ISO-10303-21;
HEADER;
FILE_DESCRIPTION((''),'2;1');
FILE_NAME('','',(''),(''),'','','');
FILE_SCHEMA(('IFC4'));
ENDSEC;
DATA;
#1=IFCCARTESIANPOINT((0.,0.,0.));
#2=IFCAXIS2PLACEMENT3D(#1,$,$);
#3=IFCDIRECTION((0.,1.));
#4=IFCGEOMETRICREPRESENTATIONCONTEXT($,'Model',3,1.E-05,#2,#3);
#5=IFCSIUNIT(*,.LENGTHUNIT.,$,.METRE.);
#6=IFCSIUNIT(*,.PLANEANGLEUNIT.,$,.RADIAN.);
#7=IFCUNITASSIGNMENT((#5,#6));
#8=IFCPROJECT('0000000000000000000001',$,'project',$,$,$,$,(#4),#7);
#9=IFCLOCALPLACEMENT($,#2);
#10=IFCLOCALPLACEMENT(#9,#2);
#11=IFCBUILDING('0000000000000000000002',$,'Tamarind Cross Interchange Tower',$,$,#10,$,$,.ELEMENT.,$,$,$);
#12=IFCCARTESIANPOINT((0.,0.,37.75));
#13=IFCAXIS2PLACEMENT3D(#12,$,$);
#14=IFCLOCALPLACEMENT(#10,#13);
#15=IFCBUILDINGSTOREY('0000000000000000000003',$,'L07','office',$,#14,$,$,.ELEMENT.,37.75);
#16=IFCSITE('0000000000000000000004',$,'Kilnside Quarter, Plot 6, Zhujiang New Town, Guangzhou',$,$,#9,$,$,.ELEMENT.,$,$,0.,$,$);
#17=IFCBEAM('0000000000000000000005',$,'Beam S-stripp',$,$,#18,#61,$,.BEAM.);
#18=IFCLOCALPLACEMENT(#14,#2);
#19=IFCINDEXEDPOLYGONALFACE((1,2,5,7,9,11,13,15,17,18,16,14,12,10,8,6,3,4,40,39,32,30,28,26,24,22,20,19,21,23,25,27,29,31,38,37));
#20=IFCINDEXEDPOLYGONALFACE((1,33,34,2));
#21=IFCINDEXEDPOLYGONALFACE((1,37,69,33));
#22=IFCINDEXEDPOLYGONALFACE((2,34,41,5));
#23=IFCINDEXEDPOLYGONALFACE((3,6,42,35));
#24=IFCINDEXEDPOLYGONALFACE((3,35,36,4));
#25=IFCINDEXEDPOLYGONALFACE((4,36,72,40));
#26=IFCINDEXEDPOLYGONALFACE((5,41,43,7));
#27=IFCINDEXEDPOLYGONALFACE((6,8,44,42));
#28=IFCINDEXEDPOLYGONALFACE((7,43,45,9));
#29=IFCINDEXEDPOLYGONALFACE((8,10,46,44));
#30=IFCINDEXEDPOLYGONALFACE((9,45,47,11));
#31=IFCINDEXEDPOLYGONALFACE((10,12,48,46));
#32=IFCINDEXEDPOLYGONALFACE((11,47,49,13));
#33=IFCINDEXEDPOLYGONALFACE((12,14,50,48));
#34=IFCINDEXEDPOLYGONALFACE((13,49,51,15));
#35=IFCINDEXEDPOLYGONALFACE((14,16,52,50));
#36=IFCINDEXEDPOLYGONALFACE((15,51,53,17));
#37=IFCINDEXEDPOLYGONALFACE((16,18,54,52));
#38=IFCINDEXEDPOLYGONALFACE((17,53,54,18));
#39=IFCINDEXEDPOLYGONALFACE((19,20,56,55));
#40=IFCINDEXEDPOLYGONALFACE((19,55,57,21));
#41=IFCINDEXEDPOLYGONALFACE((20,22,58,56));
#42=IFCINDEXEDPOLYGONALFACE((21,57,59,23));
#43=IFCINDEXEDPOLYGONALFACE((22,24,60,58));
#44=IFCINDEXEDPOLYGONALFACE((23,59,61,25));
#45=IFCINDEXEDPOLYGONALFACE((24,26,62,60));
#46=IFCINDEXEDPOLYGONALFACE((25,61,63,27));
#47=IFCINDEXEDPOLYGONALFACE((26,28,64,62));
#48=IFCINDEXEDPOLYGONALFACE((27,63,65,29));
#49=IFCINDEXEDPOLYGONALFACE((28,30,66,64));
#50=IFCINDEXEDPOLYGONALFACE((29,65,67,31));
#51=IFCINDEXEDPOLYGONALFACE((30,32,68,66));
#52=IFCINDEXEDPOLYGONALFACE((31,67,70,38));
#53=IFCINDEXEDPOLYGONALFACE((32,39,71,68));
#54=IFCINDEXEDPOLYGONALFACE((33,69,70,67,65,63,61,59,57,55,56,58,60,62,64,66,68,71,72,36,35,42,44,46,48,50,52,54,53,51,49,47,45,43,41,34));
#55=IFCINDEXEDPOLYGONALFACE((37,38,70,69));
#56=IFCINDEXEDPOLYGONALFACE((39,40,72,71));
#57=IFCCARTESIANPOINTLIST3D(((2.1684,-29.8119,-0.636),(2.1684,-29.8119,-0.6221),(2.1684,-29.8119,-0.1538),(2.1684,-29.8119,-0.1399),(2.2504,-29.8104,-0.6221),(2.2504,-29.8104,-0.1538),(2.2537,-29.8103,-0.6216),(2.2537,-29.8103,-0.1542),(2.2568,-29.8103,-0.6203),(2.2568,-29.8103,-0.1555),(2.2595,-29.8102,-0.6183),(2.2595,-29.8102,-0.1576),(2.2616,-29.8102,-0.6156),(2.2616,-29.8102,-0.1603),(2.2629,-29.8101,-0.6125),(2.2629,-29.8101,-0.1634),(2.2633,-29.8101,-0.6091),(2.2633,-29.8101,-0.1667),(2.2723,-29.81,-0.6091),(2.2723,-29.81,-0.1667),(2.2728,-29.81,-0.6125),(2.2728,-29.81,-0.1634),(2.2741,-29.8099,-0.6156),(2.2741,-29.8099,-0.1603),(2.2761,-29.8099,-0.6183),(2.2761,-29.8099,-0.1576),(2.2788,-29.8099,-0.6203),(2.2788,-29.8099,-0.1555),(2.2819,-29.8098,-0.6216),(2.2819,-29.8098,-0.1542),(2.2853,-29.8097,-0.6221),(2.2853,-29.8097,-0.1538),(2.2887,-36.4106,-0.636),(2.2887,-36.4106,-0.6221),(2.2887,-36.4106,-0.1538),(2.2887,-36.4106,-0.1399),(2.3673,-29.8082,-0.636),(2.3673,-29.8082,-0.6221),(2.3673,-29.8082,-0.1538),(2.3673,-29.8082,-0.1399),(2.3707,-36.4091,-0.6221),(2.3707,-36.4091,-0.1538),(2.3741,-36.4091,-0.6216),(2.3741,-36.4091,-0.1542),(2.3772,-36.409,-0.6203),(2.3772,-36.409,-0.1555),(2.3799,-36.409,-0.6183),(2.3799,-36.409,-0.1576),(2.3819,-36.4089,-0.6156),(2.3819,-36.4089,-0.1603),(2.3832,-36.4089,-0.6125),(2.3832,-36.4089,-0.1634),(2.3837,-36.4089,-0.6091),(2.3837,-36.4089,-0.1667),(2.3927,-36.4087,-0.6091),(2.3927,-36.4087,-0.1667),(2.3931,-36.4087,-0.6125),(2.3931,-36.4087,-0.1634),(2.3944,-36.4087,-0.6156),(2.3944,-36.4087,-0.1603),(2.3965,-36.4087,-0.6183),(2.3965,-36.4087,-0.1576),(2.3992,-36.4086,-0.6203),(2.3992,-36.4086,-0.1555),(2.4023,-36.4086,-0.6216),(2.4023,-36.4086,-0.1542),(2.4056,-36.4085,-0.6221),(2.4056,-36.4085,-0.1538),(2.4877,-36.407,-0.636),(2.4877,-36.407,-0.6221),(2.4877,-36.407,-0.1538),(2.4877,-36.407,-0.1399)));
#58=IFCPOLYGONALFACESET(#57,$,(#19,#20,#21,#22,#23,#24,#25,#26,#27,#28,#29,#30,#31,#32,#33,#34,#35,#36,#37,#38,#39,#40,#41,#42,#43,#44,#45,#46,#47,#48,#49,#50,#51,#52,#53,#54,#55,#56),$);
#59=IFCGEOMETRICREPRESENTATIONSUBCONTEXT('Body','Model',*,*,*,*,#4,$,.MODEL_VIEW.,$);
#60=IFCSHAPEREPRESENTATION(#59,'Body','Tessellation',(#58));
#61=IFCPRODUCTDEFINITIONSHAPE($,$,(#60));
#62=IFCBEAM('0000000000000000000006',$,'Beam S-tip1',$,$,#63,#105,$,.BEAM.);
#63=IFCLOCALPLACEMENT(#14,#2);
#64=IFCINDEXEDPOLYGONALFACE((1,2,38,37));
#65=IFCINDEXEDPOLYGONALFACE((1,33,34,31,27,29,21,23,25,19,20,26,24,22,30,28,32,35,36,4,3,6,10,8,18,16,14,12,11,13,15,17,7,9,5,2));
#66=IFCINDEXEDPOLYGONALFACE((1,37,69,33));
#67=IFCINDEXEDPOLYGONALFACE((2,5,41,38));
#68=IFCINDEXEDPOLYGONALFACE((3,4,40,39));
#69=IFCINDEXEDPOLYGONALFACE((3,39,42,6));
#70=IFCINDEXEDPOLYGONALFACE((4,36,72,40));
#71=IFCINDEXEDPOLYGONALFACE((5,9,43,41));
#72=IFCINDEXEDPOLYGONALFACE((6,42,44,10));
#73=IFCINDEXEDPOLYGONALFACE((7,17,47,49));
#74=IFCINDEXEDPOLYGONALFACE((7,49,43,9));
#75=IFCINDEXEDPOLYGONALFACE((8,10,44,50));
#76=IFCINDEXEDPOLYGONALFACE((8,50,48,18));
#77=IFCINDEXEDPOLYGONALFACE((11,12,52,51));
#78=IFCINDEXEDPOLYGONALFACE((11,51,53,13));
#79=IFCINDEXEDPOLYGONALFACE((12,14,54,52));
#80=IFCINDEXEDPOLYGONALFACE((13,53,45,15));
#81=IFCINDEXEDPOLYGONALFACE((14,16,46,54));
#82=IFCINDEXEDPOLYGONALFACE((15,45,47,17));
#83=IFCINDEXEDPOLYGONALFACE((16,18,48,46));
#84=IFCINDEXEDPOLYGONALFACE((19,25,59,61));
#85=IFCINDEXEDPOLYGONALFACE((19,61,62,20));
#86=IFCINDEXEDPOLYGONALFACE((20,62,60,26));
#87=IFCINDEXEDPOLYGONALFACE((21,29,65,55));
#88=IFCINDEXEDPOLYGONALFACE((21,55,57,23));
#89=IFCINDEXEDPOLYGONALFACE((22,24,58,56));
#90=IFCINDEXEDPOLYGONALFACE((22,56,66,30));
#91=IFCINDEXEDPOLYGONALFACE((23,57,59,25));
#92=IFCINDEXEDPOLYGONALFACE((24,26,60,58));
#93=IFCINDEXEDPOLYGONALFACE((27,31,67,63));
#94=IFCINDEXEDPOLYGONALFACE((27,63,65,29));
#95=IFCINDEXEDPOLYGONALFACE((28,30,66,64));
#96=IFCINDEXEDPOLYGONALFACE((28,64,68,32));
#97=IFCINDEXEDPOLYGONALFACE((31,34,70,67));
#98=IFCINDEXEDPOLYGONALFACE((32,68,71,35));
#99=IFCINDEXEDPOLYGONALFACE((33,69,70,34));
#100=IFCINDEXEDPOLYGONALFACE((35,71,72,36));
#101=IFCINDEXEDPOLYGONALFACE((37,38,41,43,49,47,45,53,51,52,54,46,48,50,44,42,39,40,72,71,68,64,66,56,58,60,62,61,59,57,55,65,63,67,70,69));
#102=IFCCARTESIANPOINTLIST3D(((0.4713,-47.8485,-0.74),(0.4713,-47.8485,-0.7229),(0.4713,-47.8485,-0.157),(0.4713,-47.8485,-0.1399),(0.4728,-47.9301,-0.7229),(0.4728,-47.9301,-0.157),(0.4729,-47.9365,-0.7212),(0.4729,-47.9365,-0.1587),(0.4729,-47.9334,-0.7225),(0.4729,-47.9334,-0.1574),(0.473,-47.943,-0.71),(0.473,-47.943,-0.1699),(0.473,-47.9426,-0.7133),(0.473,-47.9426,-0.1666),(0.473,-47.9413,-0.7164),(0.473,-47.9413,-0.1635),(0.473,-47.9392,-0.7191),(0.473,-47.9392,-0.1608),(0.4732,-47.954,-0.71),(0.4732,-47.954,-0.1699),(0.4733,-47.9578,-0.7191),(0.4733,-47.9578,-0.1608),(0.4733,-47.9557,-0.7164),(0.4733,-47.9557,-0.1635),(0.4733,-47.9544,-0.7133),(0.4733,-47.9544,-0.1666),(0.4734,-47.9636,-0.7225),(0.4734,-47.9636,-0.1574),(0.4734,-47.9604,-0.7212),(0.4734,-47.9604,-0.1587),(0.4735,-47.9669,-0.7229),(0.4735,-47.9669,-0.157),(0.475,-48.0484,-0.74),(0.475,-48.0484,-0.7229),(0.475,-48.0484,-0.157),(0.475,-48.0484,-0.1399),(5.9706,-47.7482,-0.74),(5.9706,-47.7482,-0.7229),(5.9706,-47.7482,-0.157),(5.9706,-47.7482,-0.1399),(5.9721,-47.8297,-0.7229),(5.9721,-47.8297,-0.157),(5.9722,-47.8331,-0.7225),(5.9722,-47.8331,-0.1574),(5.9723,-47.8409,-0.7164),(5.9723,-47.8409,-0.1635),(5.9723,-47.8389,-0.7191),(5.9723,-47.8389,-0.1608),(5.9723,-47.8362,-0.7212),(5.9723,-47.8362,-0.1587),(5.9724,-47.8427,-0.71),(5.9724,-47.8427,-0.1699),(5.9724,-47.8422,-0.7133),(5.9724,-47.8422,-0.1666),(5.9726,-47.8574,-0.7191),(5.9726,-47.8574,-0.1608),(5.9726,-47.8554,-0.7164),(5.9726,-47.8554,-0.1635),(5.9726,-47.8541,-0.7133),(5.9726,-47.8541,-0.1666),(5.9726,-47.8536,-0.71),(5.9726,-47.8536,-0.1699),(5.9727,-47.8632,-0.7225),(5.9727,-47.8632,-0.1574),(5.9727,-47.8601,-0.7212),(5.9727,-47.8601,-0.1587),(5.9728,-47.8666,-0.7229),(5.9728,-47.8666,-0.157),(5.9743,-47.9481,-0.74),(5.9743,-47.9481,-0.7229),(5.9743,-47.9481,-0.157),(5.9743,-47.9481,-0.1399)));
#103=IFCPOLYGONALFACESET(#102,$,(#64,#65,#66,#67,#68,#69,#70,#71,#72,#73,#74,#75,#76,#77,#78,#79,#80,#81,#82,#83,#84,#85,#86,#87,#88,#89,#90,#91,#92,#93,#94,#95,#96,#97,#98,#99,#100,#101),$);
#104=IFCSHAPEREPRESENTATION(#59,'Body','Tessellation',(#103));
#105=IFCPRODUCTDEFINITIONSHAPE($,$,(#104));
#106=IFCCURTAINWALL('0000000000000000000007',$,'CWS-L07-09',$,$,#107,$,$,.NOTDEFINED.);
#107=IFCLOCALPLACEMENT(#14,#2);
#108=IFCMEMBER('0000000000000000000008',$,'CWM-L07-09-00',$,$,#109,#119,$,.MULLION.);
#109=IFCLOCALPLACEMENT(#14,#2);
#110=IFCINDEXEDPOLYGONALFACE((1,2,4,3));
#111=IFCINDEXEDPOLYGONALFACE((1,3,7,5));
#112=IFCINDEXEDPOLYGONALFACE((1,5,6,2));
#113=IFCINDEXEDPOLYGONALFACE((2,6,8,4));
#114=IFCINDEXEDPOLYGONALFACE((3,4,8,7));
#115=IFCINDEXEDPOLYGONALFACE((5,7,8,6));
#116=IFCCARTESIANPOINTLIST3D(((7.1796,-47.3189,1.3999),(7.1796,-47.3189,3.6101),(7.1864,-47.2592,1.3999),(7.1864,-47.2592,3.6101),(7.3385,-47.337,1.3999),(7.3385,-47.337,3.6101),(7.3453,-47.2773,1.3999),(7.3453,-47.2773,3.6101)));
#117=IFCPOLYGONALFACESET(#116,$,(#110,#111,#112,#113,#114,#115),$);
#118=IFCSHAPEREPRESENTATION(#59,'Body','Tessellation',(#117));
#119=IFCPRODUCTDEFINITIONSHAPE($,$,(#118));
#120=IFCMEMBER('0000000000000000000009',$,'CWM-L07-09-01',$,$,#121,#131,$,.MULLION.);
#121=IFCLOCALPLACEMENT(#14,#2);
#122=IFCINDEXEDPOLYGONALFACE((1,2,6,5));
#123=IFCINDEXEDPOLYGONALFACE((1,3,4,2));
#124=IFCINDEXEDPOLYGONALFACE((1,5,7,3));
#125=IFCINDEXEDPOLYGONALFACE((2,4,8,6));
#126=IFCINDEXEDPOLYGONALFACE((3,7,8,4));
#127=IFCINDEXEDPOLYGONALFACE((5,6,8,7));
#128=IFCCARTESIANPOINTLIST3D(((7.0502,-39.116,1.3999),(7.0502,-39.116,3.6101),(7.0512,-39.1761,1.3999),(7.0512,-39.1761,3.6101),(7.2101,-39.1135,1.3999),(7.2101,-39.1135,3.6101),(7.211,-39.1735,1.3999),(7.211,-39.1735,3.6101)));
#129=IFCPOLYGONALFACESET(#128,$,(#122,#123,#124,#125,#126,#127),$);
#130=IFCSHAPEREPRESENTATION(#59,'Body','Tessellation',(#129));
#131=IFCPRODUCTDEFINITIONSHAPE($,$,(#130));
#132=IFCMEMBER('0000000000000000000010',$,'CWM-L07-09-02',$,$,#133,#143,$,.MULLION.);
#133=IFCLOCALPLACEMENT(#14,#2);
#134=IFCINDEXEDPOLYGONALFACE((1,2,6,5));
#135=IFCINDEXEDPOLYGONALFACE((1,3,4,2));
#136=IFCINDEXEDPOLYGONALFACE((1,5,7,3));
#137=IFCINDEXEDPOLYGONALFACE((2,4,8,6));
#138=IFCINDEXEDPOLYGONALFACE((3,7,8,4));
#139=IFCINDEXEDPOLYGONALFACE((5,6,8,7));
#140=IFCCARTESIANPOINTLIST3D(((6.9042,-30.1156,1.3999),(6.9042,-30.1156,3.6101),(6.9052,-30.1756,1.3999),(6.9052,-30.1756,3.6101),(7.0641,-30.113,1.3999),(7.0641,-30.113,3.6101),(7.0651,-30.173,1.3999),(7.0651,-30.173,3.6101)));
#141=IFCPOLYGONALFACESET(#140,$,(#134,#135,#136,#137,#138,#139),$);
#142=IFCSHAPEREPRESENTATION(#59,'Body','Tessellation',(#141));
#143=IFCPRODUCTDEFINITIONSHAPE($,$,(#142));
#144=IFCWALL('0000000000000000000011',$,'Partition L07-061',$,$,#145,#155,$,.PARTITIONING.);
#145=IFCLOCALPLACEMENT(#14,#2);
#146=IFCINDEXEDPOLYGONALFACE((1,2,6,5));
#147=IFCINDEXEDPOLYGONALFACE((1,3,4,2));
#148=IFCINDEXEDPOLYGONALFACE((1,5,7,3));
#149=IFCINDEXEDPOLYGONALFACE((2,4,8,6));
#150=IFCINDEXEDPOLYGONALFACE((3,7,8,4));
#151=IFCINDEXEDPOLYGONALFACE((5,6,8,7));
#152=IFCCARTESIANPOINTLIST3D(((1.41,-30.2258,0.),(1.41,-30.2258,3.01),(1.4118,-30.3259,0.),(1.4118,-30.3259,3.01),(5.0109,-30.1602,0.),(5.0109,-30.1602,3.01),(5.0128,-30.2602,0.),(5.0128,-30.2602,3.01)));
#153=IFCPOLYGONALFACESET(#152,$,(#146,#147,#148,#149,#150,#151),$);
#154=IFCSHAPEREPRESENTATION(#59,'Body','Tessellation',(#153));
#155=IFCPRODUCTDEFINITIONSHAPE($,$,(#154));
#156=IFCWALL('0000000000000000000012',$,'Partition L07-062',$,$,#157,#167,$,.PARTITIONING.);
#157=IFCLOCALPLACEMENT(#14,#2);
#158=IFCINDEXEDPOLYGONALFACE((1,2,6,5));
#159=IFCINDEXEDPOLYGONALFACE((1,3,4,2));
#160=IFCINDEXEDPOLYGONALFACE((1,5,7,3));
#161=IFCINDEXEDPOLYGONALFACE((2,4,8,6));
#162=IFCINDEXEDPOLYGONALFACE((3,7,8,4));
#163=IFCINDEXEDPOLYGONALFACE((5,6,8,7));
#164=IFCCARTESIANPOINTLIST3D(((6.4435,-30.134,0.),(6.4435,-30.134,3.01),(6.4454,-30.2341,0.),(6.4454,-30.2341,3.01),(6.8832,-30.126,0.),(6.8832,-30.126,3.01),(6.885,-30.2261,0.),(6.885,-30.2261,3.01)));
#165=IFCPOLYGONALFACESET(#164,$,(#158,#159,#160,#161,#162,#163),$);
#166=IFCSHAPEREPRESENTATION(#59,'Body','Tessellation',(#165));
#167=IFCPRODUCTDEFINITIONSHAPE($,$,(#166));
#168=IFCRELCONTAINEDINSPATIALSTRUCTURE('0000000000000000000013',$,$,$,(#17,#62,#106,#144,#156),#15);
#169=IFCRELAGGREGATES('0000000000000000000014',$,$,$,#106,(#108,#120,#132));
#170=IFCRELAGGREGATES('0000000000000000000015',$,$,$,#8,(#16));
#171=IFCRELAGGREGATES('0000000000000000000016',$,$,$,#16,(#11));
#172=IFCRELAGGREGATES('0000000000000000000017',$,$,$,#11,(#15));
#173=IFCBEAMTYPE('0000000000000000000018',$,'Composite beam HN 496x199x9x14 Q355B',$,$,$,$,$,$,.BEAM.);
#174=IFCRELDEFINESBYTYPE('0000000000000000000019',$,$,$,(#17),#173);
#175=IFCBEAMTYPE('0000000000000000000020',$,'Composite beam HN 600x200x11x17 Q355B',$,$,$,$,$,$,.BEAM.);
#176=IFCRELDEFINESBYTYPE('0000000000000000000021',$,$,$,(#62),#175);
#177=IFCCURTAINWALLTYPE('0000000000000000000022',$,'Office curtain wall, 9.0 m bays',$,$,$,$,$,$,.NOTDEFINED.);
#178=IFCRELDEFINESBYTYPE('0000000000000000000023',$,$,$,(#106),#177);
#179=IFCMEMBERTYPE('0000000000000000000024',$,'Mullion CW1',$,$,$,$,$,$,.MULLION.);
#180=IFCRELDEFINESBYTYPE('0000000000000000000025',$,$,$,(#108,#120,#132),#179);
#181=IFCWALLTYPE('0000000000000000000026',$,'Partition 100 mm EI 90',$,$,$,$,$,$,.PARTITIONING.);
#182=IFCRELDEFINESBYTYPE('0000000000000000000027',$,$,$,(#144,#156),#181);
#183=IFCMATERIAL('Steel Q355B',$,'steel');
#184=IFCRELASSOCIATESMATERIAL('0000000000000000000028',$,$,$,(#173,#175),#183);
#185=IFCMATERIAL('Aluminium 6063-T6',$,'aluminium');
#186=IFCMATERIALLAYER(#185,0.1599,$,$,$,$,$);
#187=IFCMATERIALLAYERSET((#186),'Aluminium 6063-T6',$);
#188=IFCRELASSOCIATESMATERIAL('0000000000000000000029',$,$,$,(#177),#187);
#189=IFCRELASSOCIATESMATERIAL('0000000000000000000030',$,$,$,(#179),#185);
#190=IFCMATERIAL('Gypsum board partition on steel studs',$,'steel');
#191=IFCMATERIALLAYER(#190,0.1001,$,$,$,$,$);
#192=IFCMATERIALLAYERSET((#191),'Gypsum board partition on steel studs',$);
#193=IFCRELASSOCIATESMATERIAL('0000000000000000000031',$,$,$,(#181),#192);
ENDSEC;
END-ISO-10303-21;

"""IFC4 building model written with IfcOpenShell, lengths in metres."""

from ifc_helpers import new_model, si_unit, direction, frame, frame_2d, origin, origin_2d, place, context, subcontext, project, spatial, rectangle, i_section, extrude, material, layer, layer_set, material_profile, profile_set, type_object, element, aggregate, save


model = new_model("IFC4")

# Units and contexts
model_context = context("Model", 3, precision=1e-05, world=origin(), true_north=direction((0.0, 1.0)))
body_context = subcontext(model_context, "Body", "Model", "MODEL_VIEW")
ifc_project = project(units=[si_unit("LENGTHUNIT", "METRE"), si_unit("PLANEANGLEUNIT", "RADIAN")], contexts=[model_context])

# Site, building, storey
site_placement = place(None, origin())
site = spatial("IfcSite", under=ifc_project, at=site_placement, Name="Kilnside Quarter, Plot 6, Zhujiang New Town, Guangzhou", CompositionType="ELEMENT", RefElevation=0.0)
building_placement = place(site_placement, origin())
building = spatial("IfcBuilding", under=site, at=building_placement, Name="Tamarind Cross Interchange Tower", CompositionType="ELEMENT")
storey_placement = place(building_placement, frame((0.0, 0.0, 37.75)))
storey = spatial("IfcBuildingStorey", under=building, at=storey_placement, Name="L07", Description="office", CompositionType="ELEMENT", Elevation=37.75)

# Beams
ifc_material_1 = material(Name="Steel Q355B", Category="steel")
ifc_material_profile_1 = material_profile(ifc_material_1, i_section(OverallWidth=0.199, OverallDepth=0.4961, WebThickness=0.009, FlangeThickness=0.0139, FilletRadius=0.0129, at=origin_2d()), Name="HN 496x199x9x14")
ifc_profile_set_1 = profile_set([ifc_material_profile_1], Name="Steel Q355B")
beam_type_1 = type_object("IfcBeamType", Name="Composite beam HN 496x199x9x14 Q355B", PredefinedType="BEAM", material=ifc_profile_set_1)
beam_1_placement = place(storey_placement, frame((2.2678, -29.8101, -0.3879), z_axis=(0.018237, -0.999834, 0.0), x_axis=(0.999834, 0.018237, 0.0)))
element("IfcBeam", 1, at=beam_1_placement, inside=storey, type_object=beam_type_1, Name="Beam S-stripp", PredefinedType="BEAM", context=body_context, shape_type="SweptSolid", body=[
    extrude(i_section(OverallWidth=0.199, OverallDepth=0.4961, WebThickness=0.009, FlangeThickness=0.0139, FilletRadius=0.0129, at=origin_2d()), origin(), (0.0, 0.0, 1.0), 6.5999),
])
ifc_material_profile_2 = material_profile(ifc_material_1, i_section(OverallWidth=0.2, OverallDepth=0.6001, WebThickness=0.011, FlangeThickness=0.0171, FilletRadius=0.0129, at=origin_2d()), Name="HN 600x200x11x17")
ifc_profile_set_2 = profile_set([ifc_material_profile_2], Name="Steel Q355B")
beam_type_2 = type_object("IfcBeamType", Name="Composite beam HN 600x200x11x17 Q355B", PredefinedType="BEAM", material=ifc_profile_set_2)
beam_2_placement = place(storey_placement, frame((0.4731, -47.9485, -0.4399), z_axis=(0.999834, 0.018243, 0.0), x_axis=(-0.018243, 0.999834, 0.0)))
element("IfcBeam", 2, at=beam_2_placement, inside=storey, type_object=beam_type_2, Name="Beam S-tip1", PredefinedType="BEAM", context=body_context, shape_type="SweptSolid", body=[
    extrude(i_section(OverallWidth=0.2, OverallDepth=0.6001, WebThickness=0.011, FlangeThickness=0.0171, FilletRadius=0.0129, at=origin_2d()), origin(), (0.0, 0.0, 1.0), 5.5002),
])

# Curtain wall, members
ifc_material_2 = material(Name="Aluminium 6063-T6", Category="aluminium")
ifc_layer_1 = layer(ifc_material_2, 0.1599)
ifc_layer_set_1 = layer_set([ifc_layer_1], Name="Aluminium 6063-T6")
curtain_wall_type = type_object("IfcCurtainWallType", Name="Office curtain wall, 9.0 m bays", PredefinedType="NOTDEFINED", material=ifc_layer_set_1)
curtain_wall_placement = place(storey_placement, origin())
curtain_wall = element("IfcCurtainWall", 3, at=curtain_wall_placement, inside=storey, type_object=curtain_wall_type, Name="CWS-L07-09", PredefinedType="NOTDEFINED")
ifc_material_profile_3 = material_profile(ifc_material_2, rectangle(XDim=0.0601, YDim=0.1599, at=origin_2d()), Name="Mullion CW1")
ifc_profile_set_3 = profile_set([ifc_material_profile_3], Name="Aluminium 6063-T6")
member_type = type_object("IfcMemberType", Name="Mullion CW1", PredefinedType="MULLION", material=ifc_profile_set_3)
member_1_placement = place(storey_placement, frame((7.2625, -47.2981, 1.3999), z_axis=(0.0, 0.0, 1.0), x_axis=(0.11344, 0.993545, 0.0)))
member_1 = element("IfcMember", 4, at=member_1_placement, type_object=member_type, Name="CWM-L07-09-00", PredefinedType="MULLION", context=body_context, shape_type="SweptSolid", body=[
    extrude(rectangle(XDim=0.0601, YDim=0.1599, at=origin_2d()), origin(), (0.0, 0.0, 1.0), 2.2102),
])
member_2_placement = place(storey_placement, frame((7.1306, -39.1448, 1.3999), z_axis=(0.0, 0.0, 1.0), x_axis=(-0.016194, 0.999869, 0.0)))
member_2 = element("IfcMember", 5, at=member_2_placement, type_object=member_type, Name="CWM-L07-09-01", PredefinedType="MULLION", context=body_context, shape_type="SweptSolid", body=[
    extrude(rectangle(XDim=0.0601, YDim=0.1599, at=origin_2d()), origin(), (0.0, 0.0, 1.0), 2.2102),
])
member_3_placement = place(storey_placement, frame((6.9846, -30.1443, 1.3999), z_axis=(0.0, 0.0, 1.0), x_axis=(-0.016194, 0.999869, 0.0)))
member_3 = element("IfcMember", 6, at=member_3_placement, type_object=member_type, Name="CWM-L07-09-02", PredefinedType="MULLION", context=body_context, shape_type="SweptSolid", body=[
    extrude(rectangle(XDim=0.0601, YDim=0.1599, at=origin_2d()), origin(), (0.0, 0.0, 1.0), 2.2102),
])
aggregate(curtain_wall, [member_1, member_2, member_3])

# Walls
ifc_material_3 = material(Name="Gypsum board partition on steel studs", Category="steel")
ifc_layer_2 = layer(ifc_material_3, 0.1001)
ifc_layer_set_2 = layer_set([ifc_layer_2], Name="Gypsum board partition on steel studs")
wall_type = type_object("IfcWallType", Name="Partition 100 mm EI 90", PredefinedType="PARTITIONING", material=ifc_layer_set_2)
wall_1_placement = place(storey_placement, frame((1.4109, -30.2759, 0.0), z_axis=(0.0, 0.0, 1.0), x_axis=(0.999834, 0.018234, 0.0)))
element("IfcWall", 7, at=wall_1_placement, inside=storey, type_object=wall_type, Name="Partition L07-061", PredefinedType="PARTITIONING", context=body_context, shape_type="SweptSolid", body=[
    extrude(rectangle(XDim=3.6016, YDim=0.1001, at=frame_2d((1.8008, 0.0))), origin(), (0.0, 0.0, 1.0), 3.01),
])
wall_2_placement = place(storey_placement, frame((6.4446, -30.1841, 0.0), z_axis=(0.0, 0.0, 1.0), x_axis=(0.999832, 0.01832, 0.0)))
element("IfcWall", 8, at=wall_2_placement, inside=storey, type_object=wall_type, Name="Partition L07-062", PredefinedType="PARTITIONING", context=body_context, shape_type="SweptSolid", body=[
    extrude(rectangle(XDim=0.4397, YDim=0.1001, at=frame_2d((0.2197, 0.0))), origin(), (0.0, 0.0, 1.0), 3.01),
])

save(model, "model.ifc")
